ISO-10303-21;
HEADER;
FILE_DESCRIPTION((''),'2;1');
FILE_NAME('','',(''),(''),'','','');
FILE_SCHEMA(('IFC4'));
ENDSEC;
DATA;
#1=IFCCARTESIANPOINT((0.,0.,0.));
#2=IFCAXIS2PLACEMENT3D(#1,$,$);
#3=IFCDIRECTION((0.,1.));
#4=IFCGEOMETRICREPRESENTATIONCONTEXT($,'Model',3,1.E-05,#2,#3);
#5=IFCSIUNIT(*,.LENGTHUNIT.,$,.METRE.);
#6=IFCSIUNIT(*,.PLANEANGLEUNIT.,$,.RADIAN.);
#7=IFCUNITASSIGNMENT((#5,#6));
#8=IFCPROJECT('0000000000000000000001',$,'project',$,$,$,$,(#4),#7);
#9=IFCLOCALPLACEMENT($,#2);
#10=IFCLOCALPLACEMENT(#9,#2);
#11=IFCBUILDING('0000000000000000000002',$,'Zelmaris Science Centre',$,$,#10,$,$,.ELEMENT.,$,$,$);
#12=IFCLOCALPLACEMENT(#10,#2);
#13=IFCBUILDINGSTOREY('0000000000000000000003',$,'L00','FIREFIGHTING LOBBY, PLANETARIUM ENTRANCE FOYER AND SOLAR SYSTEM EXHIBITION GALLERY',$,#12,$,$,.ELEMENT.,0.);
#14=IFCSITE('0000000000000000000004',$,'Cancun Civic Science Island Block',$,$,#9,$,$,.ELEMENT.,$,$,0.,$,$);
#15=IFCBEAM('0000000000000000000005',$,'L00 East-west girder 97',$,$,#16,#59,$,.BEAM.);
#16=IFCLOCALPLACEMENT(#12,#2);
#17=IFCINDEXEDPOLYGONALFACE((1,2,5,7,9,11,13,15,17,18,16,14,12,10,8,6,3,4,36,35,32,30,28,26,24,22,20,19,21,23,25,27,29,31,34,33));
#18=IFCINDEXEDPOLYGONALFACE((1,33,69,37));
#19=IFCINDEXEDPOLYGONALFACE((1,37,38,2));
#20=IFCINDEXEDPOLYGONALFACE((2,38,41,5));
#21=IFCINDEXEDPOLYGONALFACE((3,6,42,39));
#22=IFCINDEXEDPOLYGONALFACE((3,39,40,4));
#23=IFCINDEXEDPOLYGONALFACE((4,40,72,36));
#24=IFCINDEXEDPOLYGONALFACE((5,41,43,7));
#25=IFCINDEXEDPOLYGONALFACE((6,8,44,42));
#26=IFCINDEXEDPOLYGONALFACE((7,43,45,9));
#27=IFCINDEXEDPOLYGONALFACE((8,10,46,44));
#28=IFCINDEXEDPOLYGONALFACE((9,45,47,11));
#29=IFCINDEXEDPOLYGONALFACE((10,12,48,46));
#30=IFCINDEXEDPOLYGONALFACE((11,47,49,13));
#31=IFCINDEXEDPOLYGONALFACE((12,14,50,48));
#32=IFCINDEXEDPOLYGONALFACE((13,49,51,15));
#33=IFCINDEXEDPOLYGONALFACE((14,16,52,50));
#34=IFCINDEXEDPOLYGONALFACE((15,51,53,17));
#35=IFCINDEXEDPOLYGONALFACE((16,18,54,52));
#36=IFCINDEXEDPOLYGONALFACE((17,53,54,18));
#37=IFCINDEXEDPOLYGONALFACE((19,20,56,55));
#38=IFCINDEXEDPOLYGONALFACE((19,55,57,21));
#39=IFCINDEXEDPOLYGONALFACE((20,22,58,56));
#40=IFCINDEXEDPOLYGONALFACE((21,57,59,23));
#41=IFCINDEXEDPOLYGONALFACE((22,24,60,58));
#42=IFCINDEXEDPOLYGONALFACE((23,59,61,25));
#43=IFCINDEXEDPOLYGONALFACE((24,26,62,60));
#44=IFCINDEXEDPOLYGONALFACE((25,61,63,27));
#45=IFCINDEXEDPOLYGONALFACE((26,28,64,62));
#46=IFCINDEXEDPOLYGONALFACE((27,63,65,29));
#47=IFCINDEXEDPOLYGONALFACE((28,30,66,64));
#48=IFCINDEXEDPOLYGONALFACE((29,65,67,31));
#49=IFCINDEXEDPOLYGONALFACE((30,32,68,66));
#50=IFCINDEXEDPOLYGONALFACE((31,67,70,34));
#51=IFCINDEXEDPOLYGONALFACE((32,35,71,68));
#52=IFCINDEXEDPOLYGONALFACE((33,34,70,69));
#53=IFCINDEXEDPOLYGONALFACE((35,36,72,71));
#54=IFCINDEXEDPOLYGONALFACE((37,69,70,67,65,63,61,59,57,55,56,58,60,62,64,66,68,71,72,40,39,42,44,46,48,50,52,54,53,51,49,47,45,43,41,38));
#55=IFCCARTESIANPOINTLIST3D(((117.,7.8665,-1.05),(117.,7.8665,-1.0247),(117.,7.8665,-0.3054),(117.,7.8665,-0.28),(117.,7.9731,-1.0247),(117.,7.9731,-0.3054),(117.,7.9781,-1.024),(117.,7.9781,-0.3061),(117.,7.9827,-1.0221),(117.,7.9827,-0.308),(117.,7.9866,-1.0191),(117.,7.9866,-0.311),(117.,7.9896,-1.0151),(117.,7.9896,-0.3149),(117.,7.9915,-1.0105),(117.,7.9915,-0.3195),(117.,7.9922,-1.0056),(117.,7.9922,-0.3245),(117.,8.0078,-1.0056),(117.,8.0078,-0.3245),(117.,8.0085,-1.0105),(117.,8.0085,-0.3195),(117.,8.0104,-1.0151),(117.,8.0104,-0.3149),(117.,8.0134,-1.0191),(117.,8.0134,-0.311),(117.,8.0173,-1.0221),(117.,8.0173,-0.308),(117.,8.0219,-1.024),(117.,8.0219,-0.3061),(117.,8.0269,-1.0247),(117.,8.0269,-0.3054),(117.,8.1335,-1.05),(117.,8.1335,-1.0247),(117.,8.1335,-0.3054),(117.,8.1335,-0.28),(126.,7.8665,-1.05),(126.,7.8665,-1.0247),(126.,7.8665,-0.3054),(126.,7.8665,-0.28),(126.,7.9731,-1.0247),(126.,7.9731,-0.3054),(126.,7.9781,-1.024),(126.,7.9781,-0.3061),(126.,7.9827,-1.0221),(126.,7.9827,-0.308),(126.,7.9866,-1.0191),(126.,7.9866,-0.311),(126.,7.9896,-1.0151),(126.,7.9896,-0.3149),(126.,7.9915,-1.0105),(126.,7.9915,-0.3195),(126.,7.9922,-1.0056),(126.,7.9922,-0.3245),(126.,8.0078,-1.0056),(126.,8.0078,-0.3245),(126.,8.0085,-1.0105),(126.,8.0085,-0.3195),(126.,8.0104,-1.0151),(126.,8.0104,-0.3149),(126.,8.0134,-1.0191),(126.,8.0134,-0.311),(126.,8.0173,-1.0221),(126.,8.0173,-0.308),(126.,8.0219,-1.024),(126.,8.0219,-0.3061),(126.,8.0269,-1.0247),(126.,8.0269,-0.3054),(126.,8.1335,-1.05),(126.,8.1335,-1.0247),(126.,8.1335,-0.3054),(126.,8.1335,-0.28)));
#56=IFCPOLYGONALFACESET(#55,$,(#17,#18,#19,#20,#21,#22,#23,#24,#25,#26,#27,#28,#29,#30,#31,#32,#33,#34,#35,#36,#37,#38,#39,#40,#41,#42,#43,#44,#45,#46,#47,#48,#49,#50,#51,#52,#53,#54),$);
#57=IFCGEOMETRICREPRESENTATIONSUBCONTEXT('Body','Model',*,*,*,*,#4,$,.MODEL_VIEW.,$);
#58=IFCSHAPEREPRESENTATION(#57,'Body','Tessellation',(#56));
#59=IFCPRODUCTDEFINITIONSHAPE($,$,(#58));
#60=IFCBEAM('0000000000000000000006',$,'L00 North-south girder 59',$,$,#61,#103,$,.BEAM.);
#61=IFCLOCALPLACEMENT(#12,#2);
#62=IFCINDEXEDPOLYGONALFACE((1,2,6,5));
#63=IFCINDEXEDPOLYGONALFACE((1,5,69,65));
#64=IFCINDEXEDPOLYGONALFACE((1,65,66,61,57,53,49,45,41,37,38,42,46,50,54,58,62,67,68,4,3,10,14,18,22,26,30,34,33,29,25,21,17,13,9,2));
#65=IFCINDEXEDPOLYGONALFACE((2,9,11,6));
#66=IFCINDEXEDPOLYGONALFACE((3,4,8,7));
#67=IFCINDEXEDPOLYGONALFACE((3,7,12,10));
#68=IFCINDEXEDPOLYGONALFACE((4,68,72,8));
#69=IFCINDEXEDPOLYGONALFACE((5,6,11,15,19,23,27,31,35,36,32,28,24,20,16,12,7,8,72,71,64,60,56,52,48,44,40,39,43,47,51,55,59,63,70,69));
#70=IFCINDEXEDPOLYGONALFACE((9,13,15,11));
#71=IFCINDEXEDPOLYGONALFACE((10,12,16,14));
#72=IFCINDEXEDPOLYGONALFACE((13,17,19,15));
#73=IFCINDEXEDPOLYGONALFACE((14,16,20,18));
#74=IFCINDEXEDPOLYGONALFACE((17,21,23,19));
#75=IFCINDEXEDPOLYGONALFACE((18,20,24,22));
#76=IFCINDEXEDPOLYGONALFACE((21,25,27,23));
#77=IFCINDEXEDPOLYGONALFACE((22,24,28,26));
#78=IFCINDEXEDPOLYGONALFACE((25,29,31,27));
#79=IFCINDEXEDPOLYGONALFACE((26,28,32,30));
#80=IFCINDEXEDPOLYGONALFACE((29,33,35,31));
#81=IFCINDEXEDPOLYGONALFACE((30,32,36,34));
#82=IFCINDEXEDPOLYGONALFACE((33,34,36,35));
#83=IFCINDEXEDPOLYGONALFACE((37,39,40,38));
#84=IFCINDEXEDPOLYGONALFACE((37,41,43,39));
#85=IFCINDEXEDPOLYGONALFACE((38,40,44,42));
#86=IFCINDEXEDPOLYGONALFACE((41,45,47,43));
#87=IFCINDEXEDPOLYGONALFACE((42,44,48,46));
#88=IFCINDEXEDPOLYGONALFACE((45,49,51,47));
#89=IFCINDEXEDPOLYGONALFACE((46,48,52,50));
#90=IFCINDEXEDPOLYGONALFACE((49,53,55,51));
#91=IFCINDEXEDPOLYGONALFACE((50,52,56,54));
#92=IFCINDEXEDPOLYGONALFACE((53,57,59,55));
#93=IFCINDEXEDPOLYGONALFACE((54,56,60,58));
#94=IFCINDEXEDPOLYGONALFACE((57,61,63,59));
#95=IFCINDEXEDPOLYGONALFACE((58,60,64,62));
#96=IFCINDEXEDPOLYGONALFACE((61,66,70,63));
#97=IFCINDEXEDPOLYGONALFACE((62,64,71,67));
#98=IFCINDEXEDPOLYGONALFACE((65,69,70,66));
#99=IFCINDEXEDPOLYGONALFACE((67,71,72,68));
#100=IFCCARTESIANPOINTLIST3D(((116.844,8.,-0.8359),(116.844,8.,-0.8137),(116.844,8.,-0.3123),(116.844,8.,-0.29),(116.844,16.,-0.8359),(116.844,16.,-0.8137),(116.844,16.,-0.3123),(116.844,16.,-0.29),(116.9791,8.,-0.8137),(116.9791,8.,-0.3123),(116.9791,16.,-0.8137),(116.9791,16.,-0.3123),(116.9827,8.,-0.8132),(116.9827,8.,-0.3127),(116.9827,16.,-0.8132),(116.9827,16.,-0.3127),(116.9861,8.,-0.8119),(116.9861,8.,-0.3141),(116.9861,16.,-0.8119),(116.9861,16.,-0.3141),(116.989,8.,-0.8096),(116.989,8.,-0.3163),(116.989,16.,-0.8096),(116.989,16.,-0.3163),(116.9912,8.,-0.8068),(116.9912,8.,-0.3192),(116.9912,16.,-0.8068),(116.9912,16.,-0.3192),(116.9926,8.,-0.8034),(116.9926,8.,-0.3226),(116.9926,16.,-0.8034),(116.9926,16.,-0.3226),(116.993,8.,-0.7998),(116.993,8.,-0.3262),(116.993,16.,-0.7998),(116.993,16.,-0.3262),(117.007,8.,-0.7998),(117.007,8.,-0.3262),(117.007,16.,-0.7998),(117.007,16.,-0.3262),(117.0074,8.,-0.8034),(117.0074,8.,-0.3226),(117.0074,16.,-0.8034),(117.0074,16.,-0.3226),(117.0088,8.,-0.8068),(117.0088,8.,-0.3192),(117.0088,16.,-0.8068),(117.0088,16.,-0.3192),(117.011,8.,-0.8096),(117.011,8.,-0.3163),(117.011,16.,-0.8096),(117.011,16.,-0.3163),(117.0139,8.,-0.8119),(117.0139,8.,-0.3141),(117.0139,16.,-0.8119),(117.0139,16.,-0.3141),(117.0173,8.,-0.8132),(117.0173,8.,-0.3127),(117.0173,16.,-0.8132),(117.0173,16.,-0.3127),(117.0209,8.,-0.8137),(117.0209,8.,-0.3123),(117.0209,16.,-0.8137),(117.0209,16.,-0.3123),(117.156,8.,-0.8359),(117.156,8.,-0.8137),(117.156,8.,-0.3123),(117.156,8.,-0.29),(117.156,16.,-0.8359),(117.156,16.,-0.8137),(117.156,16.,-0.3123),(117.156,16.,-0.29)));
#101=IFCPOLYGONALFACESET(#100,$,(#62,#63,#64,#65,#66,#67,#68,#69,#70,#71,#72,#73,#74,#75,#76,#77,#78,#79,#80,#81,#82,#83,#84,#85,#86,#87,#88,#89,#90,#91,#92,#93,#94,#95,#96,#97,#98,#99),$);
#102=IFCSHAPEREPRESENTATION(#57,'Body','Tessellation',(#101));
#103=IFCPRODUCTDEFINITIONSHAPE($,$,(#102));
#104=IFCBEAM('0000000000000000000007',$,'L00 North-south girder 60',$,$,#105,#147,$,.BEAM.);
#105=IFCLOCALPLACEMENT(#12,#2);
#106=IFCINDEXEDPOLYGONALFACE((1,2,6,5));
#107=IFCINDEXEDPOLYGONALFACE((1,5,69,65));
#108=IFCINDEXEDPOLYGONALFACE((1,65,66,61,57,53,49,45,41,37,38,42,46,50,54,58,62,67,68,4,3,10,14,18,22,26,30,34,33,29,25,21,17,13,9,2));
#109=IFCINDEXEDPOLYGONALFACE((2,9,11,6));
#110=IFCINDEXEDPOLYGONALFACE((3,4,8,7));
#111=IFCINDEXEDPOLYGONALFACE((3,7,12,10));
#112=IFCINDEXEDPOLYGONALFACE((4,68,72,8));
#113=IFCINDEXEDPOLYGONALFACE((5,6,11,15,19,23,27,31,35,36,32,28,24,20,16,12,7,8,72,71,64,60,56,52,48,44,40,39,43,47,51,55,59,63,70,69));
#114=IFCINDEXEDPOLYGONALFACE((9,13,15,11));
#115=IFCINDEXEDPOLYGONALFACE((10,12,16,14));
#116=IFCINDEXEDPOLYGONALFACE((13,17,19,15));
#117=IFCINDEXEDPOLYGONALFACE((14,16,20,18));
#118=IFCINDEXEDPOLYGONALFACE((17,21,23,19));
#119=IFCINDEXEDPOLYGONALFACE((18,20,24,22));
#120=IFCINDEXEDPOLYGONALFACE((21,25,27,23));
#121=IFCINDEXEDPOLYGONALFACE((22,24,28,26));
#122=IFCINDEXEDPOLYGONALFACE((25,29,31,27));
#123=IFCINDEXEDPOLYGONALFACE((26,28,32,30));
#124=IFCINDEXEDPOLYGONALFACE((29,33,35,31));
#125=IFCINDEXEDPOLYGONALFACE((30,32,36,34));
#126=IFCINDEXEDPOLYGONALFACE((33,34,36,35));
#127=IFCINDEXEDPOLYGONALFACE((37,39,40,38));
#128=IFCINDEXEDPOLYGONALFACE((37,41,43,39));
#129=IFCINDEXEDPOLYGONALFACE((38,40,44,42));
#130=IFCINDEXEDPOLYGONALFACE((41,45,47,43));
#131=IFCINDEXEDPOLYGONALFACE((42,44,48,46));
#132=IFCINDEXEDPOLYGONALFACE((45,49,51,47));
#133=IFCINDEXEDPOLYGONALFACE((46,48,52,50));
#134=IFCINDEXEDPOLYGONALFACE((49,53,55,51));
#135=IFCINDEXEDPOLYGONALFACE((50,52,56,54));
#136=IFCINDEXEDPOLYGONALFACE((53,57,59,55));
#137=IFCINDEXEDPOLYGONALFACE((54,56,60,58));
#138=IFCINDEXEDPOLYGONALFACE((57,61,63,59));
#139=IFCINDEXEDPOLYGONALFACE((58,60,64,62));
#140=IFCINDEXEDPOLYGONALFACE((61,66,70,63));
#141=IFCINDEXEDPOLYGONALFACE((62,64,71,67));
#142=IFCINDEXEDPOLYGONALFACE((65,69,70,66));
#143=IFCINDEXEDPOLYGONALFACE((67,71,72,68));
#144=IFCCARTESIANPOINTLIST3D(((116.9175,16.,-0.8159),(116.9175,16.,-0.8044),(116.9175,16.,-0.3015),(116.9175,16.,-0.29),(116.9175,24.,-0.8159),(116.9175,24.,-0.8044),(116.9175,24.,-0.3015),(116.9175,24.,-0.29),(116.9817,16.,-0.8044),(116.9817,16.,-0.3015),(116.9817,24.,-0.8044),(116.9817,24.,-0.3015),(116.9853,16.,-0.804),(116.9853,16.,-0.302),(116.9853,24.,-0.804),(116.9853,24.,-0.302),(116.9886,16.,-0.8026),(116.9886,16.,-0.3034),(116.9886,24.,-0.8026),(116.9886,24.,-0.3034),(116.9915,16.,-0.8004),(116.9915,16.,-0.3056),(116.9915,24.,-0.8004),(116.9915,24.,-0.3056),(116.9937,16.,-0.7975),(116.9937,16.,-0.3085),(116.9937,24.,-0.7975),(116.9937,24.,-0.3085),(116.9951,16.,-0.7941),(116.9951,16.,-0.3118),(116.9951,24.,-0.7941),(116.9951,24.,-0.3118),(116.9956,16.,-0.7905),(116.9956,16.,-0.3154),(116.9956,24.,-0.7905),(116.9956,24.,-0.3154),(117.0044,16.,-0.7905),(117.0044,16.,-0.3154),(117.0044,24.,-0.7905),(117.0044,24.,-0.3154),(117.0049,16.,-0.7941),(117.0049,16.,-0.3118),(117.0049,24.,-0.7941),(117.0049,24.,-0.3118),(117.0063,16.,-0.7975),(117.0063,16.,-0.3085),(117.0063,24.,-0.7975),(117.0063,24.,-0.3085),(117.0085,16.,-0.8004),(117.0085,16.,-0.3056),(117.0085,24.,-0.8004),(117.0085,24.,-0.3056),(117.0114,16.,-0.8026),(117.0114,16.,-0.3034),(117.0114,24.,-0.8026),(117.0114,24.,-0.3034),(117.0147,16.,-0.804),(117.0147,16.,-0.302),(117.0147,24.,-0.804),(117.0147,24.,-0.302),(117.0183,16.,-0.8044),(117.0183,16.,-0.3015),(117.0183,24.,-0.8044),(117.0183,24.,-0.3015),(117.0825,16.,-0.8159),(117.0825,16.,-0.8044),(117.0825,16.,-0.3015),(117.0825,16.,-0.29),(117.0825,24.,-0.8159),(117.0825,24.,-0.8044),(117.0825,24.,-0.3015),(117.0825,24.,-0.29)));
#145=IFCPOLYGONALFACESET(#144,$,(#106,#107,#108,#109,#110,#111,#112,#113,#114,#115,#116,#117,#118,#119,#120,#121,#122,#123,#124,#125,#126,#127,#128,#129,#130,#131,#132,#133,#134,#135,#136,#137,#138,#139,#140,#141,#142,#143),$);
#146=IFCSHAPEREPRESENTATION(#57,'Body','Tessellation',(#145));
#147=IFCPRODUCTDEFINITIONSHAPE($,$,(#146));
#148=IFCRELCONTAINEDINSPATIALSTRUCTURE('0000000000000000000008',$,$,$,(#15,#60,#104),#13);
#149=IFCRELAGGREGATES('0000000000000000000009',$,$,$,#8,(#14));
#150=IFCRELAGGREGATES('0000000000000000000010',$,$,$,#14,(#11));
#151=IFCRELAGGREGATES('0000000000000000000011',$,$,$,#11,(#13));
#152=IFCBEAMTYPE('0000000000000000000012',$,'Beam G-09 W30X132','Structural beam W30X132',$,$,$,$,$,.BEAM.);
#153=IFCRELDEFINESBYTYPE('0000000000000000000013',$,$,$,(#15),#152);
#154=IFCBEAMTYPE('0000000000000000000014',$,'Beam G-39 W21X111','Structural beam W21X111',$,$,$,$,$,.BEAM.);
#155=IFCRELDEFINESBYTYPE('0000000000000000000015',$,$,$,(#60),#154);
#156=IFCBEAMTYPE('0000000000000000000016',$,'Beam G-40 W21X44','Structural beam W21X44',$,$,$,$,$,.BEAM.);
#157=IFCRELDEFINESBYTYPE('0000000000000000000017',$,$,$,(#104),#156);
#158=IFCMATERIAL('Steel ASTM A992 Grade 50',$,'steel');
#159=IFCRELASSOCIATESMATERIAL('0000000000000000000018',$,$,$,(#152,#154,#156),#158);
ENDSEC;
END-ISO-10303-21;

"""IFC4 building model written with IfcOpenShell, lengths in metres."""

from ifc_helpers import new_model, si_unit, direction, frame, origin, origin_2d, place, context, subcontext, project, spatial, i_section, extrude, material, material_profile, profile_set, type_object, element, save


model = new_model("IFC4")

# Units and contexts
model_context = context("Model", 3, precision=1e-05, world=origin(), true_north=direction((0.0, 1.0)))
body_context = subcontext(model_context, "Body", "Model", "MODEL_VIEW")
ifc_project = project(units=[si_unit("LENGTHUNIT", "METRE"), si_unit("PLANEANGLEUNIT", "RADIAN")], contexts=[model_context])

# Site, building, storey
site_placement = place(None, origin())
site = spatial("IfcSite", under=ifc_project, at=site_placement, Name="Cancun Civic Science Island Block", CompositionType="ELEMENT", RefElevation=0.0)
building_placement = place(site_placement, origin())
building = spatial("IfcBuilding", under=site, at=building_placement, Name="Zelmaris Science Centre", CompositionType="ELEMENT")
storey_placement = place(building_placement, origin())
storey = spatial("IfcBuildingStorey", under=building, at=storey_placement, Name="L00", Description="FIREFIGHTING LOBBY, PLANETARIUM ENTRANCE FOYER AND SOLAR SYSTEM EXHIBITION GALLERY", CompositionType="ELEMENT", Elevation=0.0)

# Shared definitions
ifc_material_1 = material(Name="Steel ASTM A992 Grade 50", Category="steel")

# Beams
ifc_material_profile_1 = material_profile(ifc_material_1, i_section(OverallWidth=0.2671, OverallDepth=0.77, WebThickness=0.0156, FlangeThickness=0.0254, FilletRadius=0.019, at=origin_2d()), Name="W30X132")
ifc_profile_set_1 = profile_set([ifc_material_profile_1], Name="Steel ASTM A992 Grade 50")
beam_type_1 = type_object("IfcBeamType", Name="Beam G-09 W30X132", Description="Structural beam W30X132", PredefinedType="BEAM", material=ifc_profile_set_1)
beam_1_placement = place(storey_placement, frame((117.0, 8.0, -0.665), z_axis=(1.0, 0.0, 0.0), x_axis=(0.0, 1.0, 0.0)))
element("IfcBeam", 1, at=beam_1_placement, inside=storey, type_object=beam_type_1, Name="L00 East-west girder 97", PredefinedType="BEAM", context=body_context, shape_type="SweptSolid", body=[
    extrude(i_section(OverallWidth=0.2671, OverallDepth=0.77, WebThickness=0.0156, FlangeThickness=0.0254, FilletRadius=0.019, at=origin_2d()), origin(), (0.0, 0.0, 1.0), 9.0),
])
ifc_material_profile_2 = material_profile(ifc_material_1, i_section(OverallWidth=0.312, OverallDepth=0.5459, WebThickness=0.0139, FlangeThickness=0.0222, FilletRadius=0.0139, at=origin_2d()), Name="W21X111")
ifc_profile_set_2 = profile_set([ifc_material_profile_2], Name="Steel ASTM A992 Grade 50")
beam_type_2 = type_object("IfcBeamType", Name="Beam G-39 W21X111", Description="Structural beam W21X111", PredefinedType="BEAM", material=ifc_profile_set_2)
beam_2_placement = place(storey_placement, frame((117.0, 8.0, -0.563), z_axis=(0.0, 1.0, 0.0), x_axis=(-1.0, 0.0, 0.0)))
element("IfcBeam", 2, at=beam_2_placement, inside=storey, type_object=beam_type_2, Name="L00 North-south girder 59", PredefinedType="BEAM", context=body_context, shape_type="SweptSolid", body=[
    extrude(i_section(OverallWidth=0.312, OverallDepth=0.5459, WebThickness=0.0139, FlangeThickness=0.0222, FilletRadius=0.0139, at=origin_2d()), origin(), (0.0, 0.0, 1.0), 8.0),
])
ifc_material_profile_3 = material_profile(ifc_material_1, i_section(OverallWidth=0.165, OverallDepth=0.5259, WebThickness=0.0088, FlangeThickness=0.0115, FilletRadius=0.0139, at=origin_2d()), Name="W21X44")
ifc_profile_set_3 = profile_set([ifc_material_profile_3], Name="Steel ASTM A992 Grade 50")
beam_type_3 = type_object("IfcBeamType", Name="Beam G-40 W21X44", Description="Structural beam W21X44", PredefinedType="BEAM", material=ifc_profile_set_3)
beam_3_placement = place(storey_placement, frame((117.0, 16.0, -0.553), z_axis=(0.0, 1.0, 0.0), x_axis=(-1.0, 0.0, 0.0)))
element("IfcBeam", 3, at=beam_3_placement, inside=storey, type_object=beam_type_3, Name="L00 North-south girder 60", PredefinedType="BEAM", context=body_context, shape_type="SweptSolid", body=[
    extrude(i_section(OverallWidth=0.165, OverallDepth=0.5259, WebThickness=0.0088, FlangeThickness=0.0115, FilletRadius=0.0139, at=origin_2d()), origin(), (0.0, 0.0, 1.0), 8.0),
])

save(model, "model.ifc")
